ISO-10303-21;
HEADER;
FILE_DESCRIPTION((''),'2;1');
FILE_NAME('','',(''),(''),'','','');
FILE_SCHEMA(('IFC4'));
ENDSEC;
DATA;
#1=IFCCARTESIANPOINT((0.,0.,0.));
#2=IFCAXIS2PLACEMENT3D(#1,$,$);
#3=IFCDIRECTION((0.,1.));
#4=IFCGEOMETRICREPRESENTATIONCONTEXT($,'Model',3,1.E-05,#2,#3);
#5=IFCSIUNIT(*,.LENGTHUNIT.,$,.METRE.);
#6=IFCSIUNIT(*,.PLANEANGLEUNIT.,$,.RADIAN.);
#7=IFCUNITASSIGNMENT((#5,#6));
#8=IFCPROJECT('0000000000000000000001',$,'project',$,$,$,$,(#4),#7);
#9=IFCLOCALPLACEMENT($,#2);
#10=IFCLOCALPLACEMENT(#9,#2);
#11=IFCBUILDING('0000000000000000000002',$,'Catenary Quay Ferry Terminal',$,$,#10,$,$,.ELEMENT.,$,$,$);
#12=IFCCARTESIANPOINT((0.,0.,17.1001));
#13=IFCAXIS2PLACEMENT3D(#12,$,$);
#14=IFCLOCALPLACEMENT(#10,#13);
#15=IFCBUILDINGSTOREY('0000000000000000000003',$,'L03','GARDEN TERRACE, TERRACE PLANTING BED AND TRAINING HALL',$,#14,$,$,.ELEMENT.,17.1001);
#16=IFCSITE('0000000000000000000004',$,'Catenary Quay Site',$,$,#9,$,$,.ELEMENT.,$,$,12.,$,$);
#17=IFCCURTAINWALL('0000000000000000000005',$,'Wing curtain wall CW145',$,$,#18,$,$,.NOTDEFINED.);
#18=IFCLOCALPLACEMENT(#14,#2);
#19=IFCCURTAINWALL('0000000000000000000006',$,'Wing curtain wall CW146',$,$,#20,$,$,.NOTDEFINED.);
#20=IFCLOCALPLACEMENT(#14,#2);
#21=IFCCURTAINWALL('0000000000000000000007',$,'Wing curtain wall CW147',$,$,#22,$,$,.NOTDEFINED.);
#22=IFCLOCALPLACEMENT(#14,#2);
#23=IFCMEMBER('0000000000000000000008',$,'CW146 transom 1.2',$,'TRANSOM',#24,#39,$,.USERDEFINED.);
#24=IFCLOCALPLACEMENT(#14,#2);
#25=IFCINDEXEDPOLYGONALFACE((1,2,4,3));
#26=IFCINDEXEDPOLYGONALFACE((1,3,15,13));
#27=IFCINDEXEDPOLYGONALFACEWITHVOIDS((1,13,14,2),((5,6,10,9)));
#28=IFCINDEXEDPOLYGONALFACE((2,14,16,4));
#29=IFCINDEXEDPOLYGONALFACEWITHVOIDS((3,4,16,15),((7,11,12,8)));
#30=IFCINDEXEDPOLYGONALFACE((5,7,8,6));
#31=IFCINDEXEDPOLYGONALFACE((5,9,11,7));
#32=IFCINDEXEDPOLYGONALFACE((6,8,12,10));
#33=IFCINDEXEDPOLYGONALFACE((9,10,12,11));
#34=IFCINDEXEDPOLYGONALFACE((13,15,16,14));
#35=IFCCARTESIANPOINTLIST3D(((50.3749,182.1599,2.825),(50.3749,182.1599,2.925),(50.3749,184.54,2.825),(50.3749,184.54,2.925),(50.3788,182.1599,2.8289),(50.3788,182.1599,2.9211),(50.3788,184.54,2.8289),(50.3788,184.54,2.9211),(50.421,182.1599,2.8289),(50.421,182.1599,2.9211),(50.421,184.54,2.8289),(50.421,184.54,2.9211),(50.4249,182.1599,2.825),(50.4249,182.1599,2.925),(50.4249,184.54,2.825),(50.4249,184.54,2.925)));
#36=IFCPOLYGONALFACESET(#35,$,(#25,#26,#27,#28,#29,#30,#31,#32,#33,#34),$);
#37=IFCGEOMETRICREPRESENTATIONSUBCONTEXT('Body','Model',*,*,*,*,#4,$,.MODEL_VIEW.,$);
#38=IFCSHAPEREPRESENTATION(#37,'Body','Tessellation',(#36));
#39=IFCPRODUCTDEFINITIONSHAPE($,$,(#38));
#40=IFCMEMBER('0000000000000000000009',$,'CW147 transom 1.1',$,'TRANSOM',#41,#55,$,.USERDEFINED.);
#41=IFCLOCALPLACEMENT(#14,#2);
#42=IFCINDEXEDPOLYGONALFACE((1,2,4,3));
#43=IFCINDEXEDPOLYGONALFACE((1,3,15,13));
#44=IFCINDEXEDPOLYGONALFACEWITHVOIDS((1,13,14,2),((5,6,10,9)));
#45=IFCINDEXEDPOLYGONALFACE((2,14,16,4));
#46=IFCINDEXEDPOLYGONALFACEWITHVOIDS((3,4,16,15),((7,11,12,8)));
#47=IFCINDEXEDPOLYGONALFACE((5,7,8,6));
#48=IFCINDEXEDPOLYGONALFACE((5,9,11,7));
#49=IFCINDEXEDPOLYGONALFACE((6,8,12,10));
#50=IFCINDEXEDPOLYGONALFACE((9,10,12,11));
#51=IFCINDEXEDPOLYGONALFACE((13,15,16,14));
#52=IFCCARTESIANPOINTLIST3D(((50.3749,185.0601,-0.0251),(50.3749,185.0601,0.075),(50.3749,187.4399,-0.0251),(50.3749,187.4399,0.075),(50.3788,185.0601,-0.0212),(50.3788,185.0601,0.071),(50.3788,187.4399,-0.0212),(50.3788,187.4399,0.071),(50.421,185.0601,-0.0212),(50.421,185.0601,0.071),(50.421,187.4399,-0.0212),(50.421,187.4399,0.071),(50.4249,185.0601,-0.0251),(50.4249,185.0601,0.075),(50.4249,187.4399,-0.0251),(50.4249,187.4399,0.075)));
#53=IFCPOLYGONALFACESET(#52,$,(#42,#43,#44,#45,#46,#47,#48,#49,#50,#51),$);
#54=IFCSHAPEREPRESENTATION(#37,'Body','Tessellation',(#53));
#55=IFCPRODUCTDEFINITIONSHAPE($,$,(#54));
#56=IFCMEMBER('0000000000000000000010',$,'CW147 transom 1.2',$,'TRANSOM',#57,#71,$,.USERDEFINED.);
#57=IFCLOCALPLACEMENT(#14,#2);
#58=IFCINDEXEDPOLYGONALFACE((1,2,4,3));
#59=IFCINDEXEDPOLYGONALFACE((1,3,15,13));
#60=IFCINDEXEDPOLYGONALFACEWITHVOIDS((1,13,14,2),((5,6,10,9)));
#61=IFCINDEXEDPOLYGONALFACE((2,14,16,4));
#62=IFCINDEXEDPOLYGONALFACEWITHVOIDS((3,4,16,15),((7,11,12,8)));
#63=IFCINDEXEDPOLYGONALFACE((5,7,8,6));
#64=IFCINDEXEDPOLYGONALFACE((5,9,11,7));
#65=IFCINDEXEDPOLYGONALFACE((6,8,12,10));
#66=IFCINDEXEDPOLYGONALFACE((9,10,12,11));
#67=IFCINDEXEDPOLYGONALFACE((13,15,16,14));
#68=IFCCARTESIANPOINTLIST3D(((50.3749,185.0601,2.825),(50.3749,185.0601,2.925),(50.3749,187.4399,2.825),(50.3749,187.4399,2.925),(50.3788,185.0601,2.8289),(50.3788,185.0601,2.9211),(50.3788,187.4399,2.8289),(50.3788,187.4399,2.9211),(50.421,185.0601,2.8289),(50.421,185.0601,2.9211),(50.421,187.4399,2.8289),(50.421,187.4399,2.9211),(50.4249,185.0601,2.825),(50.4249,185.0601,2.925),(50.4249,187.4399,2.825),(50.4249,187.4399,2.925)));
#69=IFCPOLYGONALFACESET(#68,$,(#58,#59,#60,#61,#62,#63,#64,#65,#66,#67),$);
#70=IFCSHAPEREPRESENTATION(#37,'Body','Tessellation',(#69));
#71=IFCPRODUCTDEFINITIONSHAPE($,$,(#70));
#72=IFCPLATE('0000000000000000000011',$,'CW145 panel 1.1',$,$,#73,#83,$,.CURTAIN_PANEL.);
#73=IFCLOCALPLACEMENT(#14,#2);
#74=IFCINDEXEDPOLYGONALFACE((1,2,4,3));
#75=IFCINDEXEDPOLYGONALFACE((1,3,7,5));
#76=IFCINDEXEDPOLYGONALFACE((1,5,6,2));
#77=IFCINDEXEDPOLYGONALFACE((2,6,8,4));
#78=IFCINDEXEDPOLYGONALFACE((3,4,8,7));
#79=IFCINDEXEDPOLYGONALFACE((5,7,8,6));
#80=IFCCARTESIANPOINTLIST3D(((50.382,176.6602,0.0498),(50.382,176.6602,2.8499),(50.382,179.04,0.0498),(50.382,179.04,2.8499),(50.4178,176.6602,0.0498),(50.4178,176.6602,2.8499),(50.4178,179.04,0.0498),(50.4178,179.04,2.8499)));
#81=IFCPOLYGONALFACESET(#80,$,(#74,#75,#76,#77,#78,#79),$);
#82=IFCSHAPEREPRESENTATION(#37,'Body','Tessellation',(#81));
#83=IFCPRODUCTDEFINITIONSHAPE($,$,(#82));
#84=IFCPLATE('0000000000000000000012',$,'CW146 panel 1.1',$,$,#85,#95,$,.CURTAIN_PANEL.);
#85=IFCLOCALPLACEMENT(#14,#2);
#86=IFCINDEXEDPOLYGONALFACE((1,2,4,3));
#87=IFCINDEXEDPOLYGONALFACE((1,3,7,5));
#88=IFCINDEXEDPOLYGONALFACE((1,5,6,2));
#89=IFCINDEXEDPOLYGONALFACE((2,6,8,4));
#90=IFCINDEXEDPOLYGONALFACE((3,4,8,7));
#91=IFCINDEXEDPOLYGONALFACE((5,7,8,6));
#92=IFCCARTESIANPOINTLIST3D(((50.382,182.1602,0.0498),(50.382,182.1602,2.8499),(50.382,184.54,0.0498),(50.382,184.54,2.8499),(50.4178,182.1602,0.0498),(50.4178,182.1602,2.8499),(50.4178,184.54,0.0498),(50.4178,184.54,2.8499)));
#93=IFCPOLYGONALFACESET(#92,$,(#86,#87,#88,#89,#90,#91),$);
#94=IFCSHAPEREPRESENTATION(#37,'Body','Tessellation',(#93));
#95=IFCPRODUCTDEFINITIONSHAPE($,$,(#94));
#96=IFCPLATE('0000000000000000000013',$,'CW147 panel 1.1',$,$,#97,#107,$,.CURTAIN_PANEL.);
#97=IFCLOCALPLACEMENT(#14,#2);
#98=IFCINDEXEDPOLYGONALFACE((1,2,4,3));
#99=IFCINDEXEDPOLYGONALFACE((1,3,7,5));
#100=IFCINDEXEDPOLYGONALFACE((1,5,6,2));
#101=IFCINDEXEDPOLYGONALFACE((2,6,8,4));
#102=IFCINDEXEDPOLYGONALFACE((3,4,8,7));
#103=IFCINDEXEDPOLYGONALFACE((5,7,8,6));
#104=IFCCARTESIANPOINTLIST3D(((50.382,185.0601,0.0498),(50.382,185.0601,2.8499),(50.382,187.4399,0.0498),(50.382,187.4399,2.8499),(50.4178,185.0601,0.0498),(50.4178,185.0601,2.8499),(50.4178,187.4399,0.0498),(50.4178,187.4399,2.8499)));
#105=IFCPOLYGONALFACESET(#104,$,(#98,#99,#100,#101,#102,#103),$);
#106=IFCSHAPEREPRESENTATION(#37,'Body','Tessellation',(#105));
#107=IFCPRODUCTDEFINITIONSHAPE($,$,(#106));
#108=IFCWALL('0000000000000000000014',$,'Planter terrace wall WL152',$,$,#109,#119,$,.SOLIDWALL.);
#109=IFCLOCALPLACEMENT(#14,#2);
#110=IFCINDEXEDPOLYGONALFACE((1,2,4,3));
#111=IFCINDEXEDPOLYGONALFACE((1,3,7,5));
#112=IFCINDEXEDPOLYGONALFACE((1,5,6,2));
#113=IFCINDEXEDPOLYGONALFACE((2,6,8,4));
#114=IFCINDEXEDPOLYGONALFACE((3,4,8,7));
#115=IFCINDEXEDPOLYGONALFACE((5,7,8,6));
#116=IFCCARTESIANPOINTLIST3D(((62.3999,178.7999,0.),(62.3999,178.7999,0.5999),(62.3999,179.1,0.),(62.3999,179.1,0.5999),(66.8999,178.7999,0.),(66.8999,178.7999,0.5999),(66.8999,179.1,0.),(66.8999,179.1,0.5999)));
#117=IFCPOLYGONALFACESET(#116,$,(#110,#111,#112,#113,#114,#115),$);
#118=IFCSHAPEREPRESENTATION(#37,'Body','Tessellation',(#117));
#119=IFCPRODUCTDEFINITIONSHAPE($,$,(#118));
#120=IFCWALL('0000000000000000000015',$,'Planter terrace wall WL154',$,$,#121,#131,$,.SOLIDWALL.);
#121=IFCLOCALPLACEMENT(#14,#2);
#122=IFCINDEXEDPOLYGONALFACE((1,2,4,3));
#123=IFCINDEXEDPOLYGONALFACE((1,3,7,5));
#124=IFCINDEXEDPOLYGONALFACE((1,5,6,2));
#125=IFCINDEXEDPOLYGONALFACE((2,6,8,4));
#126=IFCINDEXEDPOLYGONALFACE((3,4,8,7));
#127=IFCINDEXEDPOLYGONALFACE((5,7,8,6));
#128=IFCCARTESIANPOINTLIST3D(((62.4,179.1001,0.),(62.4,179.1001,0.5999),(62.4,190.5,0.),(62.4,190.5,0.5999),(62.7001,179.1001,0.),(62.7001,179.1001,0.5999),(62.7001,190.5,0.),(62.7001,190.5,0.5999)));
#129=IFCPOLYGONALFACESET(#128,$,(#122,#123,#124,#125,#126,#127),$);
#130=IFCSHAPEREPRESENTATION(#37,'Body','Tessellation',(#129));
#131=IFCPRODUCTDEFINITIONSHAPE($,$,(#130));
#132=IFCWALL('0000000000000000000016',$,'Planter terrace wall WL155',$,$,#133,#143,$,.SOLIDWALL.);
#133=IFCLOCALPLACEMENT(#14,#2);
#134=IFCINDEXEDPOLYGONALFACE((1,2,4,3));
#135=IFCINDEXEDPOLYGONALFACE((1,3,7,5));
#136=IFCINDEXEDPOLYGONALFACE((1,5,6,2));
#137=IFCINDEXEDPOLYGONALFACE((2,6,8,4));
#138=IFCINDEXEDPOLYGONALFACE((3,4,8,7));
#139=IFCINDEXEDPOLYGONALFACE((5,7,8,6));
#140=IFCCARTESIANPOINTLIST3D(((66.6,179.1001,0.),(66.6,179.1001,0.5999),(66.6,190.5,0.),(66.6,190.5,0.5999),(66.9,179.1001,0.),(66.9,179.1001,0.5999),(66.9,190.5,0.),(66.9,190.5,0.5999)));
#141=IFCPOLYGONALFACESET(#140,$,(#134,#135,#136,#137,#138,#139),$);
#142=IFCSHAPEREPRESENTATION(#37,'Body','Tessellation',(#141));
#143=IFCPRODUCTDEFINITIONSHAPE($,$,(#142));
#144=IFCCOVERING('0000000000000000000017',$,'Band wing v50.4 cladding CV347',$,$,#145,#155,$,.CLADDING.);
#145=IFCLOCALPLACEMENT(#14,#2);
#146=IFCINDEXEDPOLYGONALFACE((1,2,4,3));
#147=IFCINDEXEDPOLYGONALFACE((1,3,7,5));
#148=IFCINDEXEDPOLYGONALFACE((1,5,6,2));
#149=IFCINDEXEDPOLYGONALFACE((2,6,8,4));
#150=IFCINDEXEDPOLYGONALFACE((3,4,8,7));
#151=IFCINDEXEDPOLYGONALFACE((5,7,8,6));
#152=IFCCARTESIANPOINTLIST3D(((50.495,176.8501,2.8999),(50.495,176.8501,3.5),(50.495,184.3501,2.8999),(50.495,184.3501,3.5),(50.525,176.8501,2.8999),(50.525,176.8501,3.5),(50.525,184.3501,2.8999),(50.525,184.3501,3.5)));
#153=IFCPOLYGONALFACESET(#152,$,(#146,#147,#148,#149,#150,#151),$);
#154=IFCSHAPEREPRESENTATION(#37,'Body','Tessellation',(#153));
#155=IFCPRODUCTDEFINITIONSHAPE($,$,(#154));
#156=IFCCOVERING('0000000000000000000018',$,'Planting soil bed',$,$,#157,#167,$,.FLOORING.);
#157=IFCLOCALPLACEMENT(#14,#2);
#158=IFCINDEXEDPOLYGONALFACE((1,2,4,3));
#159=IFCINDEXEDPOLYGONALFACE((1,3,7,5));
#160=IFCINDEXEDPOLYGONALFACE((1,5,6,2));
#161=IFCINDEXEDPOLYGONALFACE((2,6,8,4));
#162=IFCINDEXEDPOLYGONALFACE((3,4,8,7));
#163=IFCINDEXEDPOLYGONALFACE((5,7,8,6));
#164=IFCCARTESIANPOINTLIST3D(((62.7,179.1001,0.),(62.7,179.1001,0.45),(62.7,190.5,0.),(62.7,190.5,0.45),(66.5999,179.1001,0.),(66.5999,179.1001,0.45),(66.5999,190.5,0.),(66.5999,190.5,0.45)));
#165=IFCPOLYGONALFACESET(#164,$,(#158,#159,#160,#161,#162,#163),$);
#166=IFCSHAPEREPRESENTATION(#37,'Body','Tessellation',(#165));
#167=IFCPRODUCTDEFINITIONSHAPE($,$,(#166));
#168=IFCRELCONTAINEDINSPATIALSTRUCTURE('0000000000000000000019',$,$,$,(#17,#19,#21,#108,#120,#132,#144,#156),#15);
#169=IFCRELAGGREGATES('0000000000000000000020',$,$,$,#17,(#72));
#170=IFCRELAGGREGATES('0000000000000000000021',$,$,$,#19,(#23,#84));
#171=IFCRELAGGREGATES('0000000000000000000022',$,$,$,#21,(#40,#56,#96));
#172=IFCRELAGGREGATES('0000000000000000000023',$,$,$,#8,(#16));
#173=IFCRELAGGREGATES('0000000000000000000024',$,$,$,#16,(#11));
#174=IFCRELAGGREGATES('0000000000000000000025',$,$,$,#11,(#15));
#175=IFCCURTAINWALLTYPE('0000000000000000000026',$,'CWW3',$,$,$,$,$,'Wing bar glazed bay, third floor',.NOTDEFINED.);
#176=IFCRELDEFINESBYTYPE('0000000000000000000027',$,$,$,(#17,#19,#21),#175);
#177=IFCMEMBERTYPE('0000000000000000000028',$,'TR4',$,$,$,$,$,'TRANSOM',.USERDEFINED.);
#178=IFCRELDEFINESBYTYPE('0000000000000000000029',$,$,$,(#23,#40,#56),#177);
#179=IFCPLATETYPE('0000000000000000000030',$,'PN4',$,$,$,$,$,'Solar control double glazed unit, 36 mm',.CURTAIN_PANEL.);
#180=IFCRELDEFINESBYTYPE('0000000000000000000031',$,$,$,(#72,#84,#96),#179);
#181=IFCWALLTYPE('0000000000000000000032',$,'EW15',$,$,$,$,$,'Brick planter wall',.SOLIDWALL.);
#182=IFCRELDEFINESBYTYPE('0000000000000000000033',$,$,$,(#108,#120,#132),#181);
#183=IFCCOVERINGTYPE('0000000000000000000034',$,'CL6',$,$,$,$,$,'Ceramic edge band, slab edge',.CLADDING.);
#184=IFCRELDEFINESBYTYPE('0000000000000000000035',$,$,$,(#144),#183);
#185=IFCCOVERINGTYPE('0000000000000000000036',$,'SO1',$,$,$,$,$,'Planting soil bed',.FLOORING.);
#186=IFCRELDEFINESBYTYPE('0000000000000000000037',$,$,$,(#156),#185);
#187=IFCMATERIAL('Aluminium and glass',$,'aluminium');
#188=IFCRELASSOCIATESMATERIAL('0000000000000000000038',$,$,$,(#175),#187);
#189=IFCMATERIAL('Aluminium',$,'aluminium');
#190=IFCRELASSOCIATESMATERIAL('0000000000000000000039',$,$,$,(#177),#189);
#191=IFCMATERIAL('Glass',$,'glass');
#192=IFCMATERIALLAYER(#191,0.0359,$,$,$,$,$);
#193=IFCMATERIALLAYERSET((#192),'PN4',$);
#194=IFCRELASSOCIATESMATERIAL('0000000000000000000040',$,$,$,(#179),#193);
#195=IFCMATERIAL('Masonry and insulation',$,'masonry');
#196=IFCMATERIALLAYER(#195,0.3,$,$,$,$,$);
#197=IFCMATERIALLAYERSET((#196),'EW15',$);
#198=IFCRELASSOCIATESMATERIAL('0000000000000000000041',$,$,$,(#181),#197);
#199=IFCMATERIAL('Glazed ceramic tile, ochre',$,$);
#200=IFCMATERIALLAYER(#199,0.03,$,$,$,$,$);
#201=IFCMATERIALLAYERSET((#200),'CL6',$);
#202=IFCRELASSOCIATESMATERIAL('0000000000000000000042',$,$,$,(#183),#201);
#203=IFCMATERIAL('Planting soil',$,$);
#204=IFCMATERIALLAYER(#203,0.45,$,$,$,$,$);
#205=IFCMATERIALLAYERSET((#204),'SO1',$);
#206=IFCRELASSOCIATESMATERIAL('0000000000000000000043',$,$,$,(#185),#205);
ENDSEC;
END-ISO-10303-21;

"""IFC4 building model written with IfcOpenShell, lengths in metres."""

from ifc_helpers import new_model, si_unit, direction, frame, frame_2d, origin, origin_2d, place, context, subcontext, project, spatial, rectangle, hollow_rectangle, extrude, material, layer, layer_set, material_profile, profile_set, type_object, element, aggregate, save


model = new_model("IFC4")

# Units and contexts
model_context = context("Model", 3, precision=1e-05, world=origin(), true_north=direction((0.0, 1.0)))
body_context = subcontext(model_context, "Body", "Model", "MODEL_VIEW")
ifc_project = project(units=[si_unit("LENGTHUNIT", "METRE"), si_unit("PLANEANGLEUNIT", "RADIAN")], contexts=[model_context])

# Site, building, storey
site_placement = place(None, origin())
site = spatial("IfcSite", under=ifc_project, at=site_placement, Name="Catenary Quay Site", CompositionType="ELEMENT", RefElevation=12.0)
building_placement = place(site_placement, origin())
building = spatial("IfcBuilding", under=site, at=building_placement, Name="Catenary Quay Ferry Terminal", CompositionType="ELEMENT")
storey_placement = place(building_placement, frame((0.0, 0.0, 17.1001)))
storey = spatial("IfcBuildingStorey", under=building, at=storey_placement, Name="L03", Description="GARDEN TERRACE, TERRACE PLANTING BED AND TRAINING HALL", CompositionType="ELEMENT", Elevation=17.1001)

# Curtain wall
ifc_material_1 = material(Name="Aluminium and glass", Category="aluminium")
curtain_wall_type = type_object("IfcCurtainWallType", Name="CWW3", ElementType="Wing bar glazed bay, third floor", PredefinedType="NOTDEFINED", material=ifc_material_1)
curtain_wall_1_placement = place(storey_placement, origin())
curtain_wall_1 = element("IfcCurtainWall", 1, at=curtain_wall_1_placement, inside=storey, type_object=curtain_wall_type, Name="Wing curtain wall CW145", PredefinedType="NOTDEFINED")

# Curtain walls
curtain_wall_2_placement = place(storey_placement, origin())
curtain_wall_2 = element("IfcCurtainWall", 2, at=curtain_wall_2_placement, inside=storey, type_object=curtain_wall_type, Name="Wing curtain wall CW146", PredefinedType="NOTDEFINED")
curtain_wall_3_placement = place(storey_placement, origin())
curtain_wall_3 = element("IfcCurtainWall", 3, at=curtain_wall_3_placement, inside=storey, type_object=curtain_wall_type, Name="Wing curtain wall CW147", PredefinedType="NOTDEFINED")

# Members
ifc_material_2 = material(Name="Aluminium", Category="aluminium")
ifc_material_profile_1 = material_profile(ifc_material_2, hollow_rectangle(XDim=0.05, YDim=0.1001, WallThickness=0.0039, at=origin_2d()), Name="TR4")
ifc_profile_set_1 = profile_set([ifc_material_profile_1], Name="Aluminium")
member_type_1 = type_object("IfcMemberType", Name="TR4", ElementType="TRANSOM", PredefinedType="USERDEFINED", material=ifc_profile_set_1)
member_1_placement = place(storey_placement, frame((50.3999, 182.1599, 2.875), z_axis=(0.0, 1.0, 0.0), x_axis=(-1.0, 0.0, 0.0)))
member_1 = element("IfcMember", 4, at=member_1_placement, type_object=member_type_1, Name="CW146 transom 1.2", ObjectType="TRANSOM", PredefinedType="USERDEFINED", context=body_context, shape_type="SweptSolid", body=[
    extrude(hollow_rectangle(XDim=0.05, YDim=0.1001, WallThickness=0.0039, at=origin_2d()), origin(), (0.0, 0.0, 1.0), 2.3801),
])
member_2_placement = place(storey_placement, frame((50.3999, 185.0601, 0.0249), z_axis=(0.0, 1.0, 0.0), x_axis=(-1.0, 0.0, 0.0)))
member_2 = element("IfcMember", 5, at=member_2_placement, type_object=member_type_1, Name="CW147 transom 1.1", ObjectType="TRANSOM", PredefinedType="USERDEFINED", context=body_context, shape_type="SweptSolid", body=[
    extrude(hollow_rectangle(XDim=0.05, YDim=0.1001, WallThickness=0.0039, at=origin_2d()), origin(), (0.0, 0.0, 1.0), 2.3799),
])
member_3_placement = place(storey_placement, frame((50.3999, 185.0601, 2.875), z_axis=(0.0, 1.0, 0.0), x_axis=(-1.0, 0.0, 0.0)))
member_3 = element("IfcMember", 6, at=member_3_placement, type_object=member_type_1, Name="CW147 transom 1.2", ObjectType="TRANSOM", PredefinedType="USERDEFINED", context=body_context, shape_type="SweptSolid", body=[
    extrude(hollow_rectangle(XDim=0.05, YDim=0.1001, WallThickness=0.0039, at=origin_2d()), origin(), (0.0, 0.0, 1.0), 2.3799),
])

# Plates
ifc_material_3 = material(Name="Glass", Category="glass")
ifc_layer_1 = layer(ifc_material_3, 0.0359)
ifc_layer_set_1 = layer_set([ifc_layer_1], Name="PN4")
plate_type = type_object("IfcPlateType", Name="PN4", ElementType="Solar control double glazed unit, 36 mm", PredefinedType="CURTAIN_PANEL", material=ifc_layer_set_1)
plate_1_placement = place(storey_placement, frame((50.3999, 177.8501, 0.0498), z_axis=(0.0, 0.0, 1.0), x_axis=(0.0, 1.0, 0.0)))
plate_1 = element("IfcPlate", 7, at=plate_1_placement, type_object=plate_type, Name="CW145 panel 1.1", PredefinedType="CURTAIN_PANEL", context=body_context, shape_type="SweptSolid", body=[
    extrude(rectangle(XDim=2.3799, YDim=0.0359, at=origin_2d()), origin(), (0.0, 0.0, 1.0), 2.8),
])
aggregate(curtain_wall_1, [plate_1])
plate_2_placement = place(storey_placement, frame((50.3999, 183.3501, 0.0498), z_axis=(0.0, 0.0, 1.0), x_axis=(0.0, 1.0, 0.0)))
plate_2 = element("IfcPlate", 8, at=plate_2_placement, type_object=plate_type, Name="CW146 panel 1.1", PredefinedType="CURTAIN_PANEL", context=body_context, shape_type="SweptSolid", body=[
    extrude(rectangle(XDim=2.3799, YDim=0.0359, at=origin_2d()), origin(), (0.0, 0.0, 1.0), 2.8),
])
aggregate(curtain_wall_2, [member_1, plate_2])
plate_3_placement = place(storey_placement, frame((50.3999, 186.25, 0.0498), z_axis=(0.0, 0.0, 1.0), x_axis=(0.0, 1.0, 0.0)))
plate_3 = element("IfcPlate", 9, at=plate_3_placement, type_object=plate_type, Name="CW147 panel 1.1", PredefinedType="CURTAIN_PANEL", context=body_context, shape_type="SweptSolid", body=[
    extrude(rectangle(XDim=2.3799, YDim=0.0359, at=origin_2d()), origin(), (0.0, 0.0, 1.0), 2.8),
])
aggregate(curtain_wall_3, [member_2, member_3, plate_3])

# Walls
ifc_material_4 = material(Name="Masonry and insulation", Category="masonry")
ifc_layer_2 = layer(ifc_material_4, 0.3)
ifc_layer_set_2 = layer_set([ifc_layer_2], Name="EW15")
wall_type_1 = type_object("IfcWallType", Name="EW15", ElementType="Brick planter wall", PredefinedType="SOLIDWALL", material=ifc_layer_set_2)
wall_1_placement = place(storey_placement, frame((62.3999, 178.95, 0.0), z_axis=(0.0, 0.0, 1.0), x_axis=(1.0, 0.0, 0.0)))
element("IfcWall", 10, at=wall_1_placement, inside=storey, type_object=wall_type_1, Name="Planter terrace wall WL152", PredefinedType="SOLIDWALL", context=body_context, shape_type="SweptSolid", body=[
    extrude(rectangle(XDim=4.5, YDim=0.3, at=frame_2d((2.25, 0.0))), origin(), (0.0, 0.0, 1.0), 0.5999),
])
for number, where, z_axis, x_axis, name in (
    (11, (62.55, 179.1001, 0.0), (0.0, 0.0, 1.0), (0.0, 1.0, 0.0), "Planter terrace wall WL154"),
    (12, (66.75, 179.1001, 0.0), (0.0, 0.0, 1.0), (0.0, 1.0, 0.0), "Planter terrace wall WL155"),
):
    element("IfcWall", number, at=place(storey_placement, frame(where, z_axis=z_axis, x_axis=x_axis)), inside=storey, type_object=wall_type_1, Name=name, PredefinedType="SOLIDWALL", context=body_context, shape_type="SweptSolid", body=[
        extrude(rectangle(XDim=11.3999, YDim=0.3, at=frame_2d((5.7, 0.0))), origin(), (0.0, 0.0, 1.0), 0.5999),
    ])

# Coverings
ifc_material_5 = material(Name="Glazed ceramic tile, ochre")
ifc_layer_3 = layer(ifc_material_5, 0.03)
ifc_layer_set_3 = layer_set([ifc_layer_3], Name="CL6")
covering_type_1 = type_object("IfcCoveringType", Name="CL6", ElementType="Ceramic edge band, slab edge", PredefinedType="CLADDING", material=ifc_layer_set_3)
covering_1_placement = place(storey_placement, frame((50.51, 180.6001, 2.8999), z_axis=(0.0, 0.0, 1.0), x_axis=(1.0, 0.0, 0.0)))
element("IfcCovering", 13, at=covering_1_placement, inside=storey, type_object=covering_type_1, Name="Band wing v50.4 cladding CV347", PredefinedType="CLADDING", context=body_context, shape_type="SweptSolid", body=[
    extrude(rectangle(XDim=0.03, YDim=7.5, at=origin_2d()), origin(), (0.0, 0.0, 1.0), 0.6001),
])
ifc_material_6 = material(Name="Planting soil")
ifc_layer_4 = layer(ifc_material_6, 0.45)
ifc_layer_set_4 = layer_set([ifc_layer_4], Name="SO1")
covering_type_2 = type_object("IfcCoveringType", Name="SO1", ElementType="Planting soil bed", PredefinedType="FLOORING", material=ifc_layer_set_4)
covering_2_placement = place(storey_placement, frame((64.6499, 184.8, 0.0), z_axis=(0.0, 0.0, 1.0), x_axis=(1.0, 0.0, 0.0)))
element("IfcCovering", 14, at=covering_2_placement, inside=storey, type_object=covering_type_2, Name="Planting soil bed", PredefinedType="FLOORING", context=body_context, shape_type="SweptSolid", body=[
    extrude(rectangle(XDim=3.8999, YDim=11.3999, at=origin_2d()), origin(), (0.0, 0.0, 1.0), 0.45),
])

save(model, "model.ifc")
